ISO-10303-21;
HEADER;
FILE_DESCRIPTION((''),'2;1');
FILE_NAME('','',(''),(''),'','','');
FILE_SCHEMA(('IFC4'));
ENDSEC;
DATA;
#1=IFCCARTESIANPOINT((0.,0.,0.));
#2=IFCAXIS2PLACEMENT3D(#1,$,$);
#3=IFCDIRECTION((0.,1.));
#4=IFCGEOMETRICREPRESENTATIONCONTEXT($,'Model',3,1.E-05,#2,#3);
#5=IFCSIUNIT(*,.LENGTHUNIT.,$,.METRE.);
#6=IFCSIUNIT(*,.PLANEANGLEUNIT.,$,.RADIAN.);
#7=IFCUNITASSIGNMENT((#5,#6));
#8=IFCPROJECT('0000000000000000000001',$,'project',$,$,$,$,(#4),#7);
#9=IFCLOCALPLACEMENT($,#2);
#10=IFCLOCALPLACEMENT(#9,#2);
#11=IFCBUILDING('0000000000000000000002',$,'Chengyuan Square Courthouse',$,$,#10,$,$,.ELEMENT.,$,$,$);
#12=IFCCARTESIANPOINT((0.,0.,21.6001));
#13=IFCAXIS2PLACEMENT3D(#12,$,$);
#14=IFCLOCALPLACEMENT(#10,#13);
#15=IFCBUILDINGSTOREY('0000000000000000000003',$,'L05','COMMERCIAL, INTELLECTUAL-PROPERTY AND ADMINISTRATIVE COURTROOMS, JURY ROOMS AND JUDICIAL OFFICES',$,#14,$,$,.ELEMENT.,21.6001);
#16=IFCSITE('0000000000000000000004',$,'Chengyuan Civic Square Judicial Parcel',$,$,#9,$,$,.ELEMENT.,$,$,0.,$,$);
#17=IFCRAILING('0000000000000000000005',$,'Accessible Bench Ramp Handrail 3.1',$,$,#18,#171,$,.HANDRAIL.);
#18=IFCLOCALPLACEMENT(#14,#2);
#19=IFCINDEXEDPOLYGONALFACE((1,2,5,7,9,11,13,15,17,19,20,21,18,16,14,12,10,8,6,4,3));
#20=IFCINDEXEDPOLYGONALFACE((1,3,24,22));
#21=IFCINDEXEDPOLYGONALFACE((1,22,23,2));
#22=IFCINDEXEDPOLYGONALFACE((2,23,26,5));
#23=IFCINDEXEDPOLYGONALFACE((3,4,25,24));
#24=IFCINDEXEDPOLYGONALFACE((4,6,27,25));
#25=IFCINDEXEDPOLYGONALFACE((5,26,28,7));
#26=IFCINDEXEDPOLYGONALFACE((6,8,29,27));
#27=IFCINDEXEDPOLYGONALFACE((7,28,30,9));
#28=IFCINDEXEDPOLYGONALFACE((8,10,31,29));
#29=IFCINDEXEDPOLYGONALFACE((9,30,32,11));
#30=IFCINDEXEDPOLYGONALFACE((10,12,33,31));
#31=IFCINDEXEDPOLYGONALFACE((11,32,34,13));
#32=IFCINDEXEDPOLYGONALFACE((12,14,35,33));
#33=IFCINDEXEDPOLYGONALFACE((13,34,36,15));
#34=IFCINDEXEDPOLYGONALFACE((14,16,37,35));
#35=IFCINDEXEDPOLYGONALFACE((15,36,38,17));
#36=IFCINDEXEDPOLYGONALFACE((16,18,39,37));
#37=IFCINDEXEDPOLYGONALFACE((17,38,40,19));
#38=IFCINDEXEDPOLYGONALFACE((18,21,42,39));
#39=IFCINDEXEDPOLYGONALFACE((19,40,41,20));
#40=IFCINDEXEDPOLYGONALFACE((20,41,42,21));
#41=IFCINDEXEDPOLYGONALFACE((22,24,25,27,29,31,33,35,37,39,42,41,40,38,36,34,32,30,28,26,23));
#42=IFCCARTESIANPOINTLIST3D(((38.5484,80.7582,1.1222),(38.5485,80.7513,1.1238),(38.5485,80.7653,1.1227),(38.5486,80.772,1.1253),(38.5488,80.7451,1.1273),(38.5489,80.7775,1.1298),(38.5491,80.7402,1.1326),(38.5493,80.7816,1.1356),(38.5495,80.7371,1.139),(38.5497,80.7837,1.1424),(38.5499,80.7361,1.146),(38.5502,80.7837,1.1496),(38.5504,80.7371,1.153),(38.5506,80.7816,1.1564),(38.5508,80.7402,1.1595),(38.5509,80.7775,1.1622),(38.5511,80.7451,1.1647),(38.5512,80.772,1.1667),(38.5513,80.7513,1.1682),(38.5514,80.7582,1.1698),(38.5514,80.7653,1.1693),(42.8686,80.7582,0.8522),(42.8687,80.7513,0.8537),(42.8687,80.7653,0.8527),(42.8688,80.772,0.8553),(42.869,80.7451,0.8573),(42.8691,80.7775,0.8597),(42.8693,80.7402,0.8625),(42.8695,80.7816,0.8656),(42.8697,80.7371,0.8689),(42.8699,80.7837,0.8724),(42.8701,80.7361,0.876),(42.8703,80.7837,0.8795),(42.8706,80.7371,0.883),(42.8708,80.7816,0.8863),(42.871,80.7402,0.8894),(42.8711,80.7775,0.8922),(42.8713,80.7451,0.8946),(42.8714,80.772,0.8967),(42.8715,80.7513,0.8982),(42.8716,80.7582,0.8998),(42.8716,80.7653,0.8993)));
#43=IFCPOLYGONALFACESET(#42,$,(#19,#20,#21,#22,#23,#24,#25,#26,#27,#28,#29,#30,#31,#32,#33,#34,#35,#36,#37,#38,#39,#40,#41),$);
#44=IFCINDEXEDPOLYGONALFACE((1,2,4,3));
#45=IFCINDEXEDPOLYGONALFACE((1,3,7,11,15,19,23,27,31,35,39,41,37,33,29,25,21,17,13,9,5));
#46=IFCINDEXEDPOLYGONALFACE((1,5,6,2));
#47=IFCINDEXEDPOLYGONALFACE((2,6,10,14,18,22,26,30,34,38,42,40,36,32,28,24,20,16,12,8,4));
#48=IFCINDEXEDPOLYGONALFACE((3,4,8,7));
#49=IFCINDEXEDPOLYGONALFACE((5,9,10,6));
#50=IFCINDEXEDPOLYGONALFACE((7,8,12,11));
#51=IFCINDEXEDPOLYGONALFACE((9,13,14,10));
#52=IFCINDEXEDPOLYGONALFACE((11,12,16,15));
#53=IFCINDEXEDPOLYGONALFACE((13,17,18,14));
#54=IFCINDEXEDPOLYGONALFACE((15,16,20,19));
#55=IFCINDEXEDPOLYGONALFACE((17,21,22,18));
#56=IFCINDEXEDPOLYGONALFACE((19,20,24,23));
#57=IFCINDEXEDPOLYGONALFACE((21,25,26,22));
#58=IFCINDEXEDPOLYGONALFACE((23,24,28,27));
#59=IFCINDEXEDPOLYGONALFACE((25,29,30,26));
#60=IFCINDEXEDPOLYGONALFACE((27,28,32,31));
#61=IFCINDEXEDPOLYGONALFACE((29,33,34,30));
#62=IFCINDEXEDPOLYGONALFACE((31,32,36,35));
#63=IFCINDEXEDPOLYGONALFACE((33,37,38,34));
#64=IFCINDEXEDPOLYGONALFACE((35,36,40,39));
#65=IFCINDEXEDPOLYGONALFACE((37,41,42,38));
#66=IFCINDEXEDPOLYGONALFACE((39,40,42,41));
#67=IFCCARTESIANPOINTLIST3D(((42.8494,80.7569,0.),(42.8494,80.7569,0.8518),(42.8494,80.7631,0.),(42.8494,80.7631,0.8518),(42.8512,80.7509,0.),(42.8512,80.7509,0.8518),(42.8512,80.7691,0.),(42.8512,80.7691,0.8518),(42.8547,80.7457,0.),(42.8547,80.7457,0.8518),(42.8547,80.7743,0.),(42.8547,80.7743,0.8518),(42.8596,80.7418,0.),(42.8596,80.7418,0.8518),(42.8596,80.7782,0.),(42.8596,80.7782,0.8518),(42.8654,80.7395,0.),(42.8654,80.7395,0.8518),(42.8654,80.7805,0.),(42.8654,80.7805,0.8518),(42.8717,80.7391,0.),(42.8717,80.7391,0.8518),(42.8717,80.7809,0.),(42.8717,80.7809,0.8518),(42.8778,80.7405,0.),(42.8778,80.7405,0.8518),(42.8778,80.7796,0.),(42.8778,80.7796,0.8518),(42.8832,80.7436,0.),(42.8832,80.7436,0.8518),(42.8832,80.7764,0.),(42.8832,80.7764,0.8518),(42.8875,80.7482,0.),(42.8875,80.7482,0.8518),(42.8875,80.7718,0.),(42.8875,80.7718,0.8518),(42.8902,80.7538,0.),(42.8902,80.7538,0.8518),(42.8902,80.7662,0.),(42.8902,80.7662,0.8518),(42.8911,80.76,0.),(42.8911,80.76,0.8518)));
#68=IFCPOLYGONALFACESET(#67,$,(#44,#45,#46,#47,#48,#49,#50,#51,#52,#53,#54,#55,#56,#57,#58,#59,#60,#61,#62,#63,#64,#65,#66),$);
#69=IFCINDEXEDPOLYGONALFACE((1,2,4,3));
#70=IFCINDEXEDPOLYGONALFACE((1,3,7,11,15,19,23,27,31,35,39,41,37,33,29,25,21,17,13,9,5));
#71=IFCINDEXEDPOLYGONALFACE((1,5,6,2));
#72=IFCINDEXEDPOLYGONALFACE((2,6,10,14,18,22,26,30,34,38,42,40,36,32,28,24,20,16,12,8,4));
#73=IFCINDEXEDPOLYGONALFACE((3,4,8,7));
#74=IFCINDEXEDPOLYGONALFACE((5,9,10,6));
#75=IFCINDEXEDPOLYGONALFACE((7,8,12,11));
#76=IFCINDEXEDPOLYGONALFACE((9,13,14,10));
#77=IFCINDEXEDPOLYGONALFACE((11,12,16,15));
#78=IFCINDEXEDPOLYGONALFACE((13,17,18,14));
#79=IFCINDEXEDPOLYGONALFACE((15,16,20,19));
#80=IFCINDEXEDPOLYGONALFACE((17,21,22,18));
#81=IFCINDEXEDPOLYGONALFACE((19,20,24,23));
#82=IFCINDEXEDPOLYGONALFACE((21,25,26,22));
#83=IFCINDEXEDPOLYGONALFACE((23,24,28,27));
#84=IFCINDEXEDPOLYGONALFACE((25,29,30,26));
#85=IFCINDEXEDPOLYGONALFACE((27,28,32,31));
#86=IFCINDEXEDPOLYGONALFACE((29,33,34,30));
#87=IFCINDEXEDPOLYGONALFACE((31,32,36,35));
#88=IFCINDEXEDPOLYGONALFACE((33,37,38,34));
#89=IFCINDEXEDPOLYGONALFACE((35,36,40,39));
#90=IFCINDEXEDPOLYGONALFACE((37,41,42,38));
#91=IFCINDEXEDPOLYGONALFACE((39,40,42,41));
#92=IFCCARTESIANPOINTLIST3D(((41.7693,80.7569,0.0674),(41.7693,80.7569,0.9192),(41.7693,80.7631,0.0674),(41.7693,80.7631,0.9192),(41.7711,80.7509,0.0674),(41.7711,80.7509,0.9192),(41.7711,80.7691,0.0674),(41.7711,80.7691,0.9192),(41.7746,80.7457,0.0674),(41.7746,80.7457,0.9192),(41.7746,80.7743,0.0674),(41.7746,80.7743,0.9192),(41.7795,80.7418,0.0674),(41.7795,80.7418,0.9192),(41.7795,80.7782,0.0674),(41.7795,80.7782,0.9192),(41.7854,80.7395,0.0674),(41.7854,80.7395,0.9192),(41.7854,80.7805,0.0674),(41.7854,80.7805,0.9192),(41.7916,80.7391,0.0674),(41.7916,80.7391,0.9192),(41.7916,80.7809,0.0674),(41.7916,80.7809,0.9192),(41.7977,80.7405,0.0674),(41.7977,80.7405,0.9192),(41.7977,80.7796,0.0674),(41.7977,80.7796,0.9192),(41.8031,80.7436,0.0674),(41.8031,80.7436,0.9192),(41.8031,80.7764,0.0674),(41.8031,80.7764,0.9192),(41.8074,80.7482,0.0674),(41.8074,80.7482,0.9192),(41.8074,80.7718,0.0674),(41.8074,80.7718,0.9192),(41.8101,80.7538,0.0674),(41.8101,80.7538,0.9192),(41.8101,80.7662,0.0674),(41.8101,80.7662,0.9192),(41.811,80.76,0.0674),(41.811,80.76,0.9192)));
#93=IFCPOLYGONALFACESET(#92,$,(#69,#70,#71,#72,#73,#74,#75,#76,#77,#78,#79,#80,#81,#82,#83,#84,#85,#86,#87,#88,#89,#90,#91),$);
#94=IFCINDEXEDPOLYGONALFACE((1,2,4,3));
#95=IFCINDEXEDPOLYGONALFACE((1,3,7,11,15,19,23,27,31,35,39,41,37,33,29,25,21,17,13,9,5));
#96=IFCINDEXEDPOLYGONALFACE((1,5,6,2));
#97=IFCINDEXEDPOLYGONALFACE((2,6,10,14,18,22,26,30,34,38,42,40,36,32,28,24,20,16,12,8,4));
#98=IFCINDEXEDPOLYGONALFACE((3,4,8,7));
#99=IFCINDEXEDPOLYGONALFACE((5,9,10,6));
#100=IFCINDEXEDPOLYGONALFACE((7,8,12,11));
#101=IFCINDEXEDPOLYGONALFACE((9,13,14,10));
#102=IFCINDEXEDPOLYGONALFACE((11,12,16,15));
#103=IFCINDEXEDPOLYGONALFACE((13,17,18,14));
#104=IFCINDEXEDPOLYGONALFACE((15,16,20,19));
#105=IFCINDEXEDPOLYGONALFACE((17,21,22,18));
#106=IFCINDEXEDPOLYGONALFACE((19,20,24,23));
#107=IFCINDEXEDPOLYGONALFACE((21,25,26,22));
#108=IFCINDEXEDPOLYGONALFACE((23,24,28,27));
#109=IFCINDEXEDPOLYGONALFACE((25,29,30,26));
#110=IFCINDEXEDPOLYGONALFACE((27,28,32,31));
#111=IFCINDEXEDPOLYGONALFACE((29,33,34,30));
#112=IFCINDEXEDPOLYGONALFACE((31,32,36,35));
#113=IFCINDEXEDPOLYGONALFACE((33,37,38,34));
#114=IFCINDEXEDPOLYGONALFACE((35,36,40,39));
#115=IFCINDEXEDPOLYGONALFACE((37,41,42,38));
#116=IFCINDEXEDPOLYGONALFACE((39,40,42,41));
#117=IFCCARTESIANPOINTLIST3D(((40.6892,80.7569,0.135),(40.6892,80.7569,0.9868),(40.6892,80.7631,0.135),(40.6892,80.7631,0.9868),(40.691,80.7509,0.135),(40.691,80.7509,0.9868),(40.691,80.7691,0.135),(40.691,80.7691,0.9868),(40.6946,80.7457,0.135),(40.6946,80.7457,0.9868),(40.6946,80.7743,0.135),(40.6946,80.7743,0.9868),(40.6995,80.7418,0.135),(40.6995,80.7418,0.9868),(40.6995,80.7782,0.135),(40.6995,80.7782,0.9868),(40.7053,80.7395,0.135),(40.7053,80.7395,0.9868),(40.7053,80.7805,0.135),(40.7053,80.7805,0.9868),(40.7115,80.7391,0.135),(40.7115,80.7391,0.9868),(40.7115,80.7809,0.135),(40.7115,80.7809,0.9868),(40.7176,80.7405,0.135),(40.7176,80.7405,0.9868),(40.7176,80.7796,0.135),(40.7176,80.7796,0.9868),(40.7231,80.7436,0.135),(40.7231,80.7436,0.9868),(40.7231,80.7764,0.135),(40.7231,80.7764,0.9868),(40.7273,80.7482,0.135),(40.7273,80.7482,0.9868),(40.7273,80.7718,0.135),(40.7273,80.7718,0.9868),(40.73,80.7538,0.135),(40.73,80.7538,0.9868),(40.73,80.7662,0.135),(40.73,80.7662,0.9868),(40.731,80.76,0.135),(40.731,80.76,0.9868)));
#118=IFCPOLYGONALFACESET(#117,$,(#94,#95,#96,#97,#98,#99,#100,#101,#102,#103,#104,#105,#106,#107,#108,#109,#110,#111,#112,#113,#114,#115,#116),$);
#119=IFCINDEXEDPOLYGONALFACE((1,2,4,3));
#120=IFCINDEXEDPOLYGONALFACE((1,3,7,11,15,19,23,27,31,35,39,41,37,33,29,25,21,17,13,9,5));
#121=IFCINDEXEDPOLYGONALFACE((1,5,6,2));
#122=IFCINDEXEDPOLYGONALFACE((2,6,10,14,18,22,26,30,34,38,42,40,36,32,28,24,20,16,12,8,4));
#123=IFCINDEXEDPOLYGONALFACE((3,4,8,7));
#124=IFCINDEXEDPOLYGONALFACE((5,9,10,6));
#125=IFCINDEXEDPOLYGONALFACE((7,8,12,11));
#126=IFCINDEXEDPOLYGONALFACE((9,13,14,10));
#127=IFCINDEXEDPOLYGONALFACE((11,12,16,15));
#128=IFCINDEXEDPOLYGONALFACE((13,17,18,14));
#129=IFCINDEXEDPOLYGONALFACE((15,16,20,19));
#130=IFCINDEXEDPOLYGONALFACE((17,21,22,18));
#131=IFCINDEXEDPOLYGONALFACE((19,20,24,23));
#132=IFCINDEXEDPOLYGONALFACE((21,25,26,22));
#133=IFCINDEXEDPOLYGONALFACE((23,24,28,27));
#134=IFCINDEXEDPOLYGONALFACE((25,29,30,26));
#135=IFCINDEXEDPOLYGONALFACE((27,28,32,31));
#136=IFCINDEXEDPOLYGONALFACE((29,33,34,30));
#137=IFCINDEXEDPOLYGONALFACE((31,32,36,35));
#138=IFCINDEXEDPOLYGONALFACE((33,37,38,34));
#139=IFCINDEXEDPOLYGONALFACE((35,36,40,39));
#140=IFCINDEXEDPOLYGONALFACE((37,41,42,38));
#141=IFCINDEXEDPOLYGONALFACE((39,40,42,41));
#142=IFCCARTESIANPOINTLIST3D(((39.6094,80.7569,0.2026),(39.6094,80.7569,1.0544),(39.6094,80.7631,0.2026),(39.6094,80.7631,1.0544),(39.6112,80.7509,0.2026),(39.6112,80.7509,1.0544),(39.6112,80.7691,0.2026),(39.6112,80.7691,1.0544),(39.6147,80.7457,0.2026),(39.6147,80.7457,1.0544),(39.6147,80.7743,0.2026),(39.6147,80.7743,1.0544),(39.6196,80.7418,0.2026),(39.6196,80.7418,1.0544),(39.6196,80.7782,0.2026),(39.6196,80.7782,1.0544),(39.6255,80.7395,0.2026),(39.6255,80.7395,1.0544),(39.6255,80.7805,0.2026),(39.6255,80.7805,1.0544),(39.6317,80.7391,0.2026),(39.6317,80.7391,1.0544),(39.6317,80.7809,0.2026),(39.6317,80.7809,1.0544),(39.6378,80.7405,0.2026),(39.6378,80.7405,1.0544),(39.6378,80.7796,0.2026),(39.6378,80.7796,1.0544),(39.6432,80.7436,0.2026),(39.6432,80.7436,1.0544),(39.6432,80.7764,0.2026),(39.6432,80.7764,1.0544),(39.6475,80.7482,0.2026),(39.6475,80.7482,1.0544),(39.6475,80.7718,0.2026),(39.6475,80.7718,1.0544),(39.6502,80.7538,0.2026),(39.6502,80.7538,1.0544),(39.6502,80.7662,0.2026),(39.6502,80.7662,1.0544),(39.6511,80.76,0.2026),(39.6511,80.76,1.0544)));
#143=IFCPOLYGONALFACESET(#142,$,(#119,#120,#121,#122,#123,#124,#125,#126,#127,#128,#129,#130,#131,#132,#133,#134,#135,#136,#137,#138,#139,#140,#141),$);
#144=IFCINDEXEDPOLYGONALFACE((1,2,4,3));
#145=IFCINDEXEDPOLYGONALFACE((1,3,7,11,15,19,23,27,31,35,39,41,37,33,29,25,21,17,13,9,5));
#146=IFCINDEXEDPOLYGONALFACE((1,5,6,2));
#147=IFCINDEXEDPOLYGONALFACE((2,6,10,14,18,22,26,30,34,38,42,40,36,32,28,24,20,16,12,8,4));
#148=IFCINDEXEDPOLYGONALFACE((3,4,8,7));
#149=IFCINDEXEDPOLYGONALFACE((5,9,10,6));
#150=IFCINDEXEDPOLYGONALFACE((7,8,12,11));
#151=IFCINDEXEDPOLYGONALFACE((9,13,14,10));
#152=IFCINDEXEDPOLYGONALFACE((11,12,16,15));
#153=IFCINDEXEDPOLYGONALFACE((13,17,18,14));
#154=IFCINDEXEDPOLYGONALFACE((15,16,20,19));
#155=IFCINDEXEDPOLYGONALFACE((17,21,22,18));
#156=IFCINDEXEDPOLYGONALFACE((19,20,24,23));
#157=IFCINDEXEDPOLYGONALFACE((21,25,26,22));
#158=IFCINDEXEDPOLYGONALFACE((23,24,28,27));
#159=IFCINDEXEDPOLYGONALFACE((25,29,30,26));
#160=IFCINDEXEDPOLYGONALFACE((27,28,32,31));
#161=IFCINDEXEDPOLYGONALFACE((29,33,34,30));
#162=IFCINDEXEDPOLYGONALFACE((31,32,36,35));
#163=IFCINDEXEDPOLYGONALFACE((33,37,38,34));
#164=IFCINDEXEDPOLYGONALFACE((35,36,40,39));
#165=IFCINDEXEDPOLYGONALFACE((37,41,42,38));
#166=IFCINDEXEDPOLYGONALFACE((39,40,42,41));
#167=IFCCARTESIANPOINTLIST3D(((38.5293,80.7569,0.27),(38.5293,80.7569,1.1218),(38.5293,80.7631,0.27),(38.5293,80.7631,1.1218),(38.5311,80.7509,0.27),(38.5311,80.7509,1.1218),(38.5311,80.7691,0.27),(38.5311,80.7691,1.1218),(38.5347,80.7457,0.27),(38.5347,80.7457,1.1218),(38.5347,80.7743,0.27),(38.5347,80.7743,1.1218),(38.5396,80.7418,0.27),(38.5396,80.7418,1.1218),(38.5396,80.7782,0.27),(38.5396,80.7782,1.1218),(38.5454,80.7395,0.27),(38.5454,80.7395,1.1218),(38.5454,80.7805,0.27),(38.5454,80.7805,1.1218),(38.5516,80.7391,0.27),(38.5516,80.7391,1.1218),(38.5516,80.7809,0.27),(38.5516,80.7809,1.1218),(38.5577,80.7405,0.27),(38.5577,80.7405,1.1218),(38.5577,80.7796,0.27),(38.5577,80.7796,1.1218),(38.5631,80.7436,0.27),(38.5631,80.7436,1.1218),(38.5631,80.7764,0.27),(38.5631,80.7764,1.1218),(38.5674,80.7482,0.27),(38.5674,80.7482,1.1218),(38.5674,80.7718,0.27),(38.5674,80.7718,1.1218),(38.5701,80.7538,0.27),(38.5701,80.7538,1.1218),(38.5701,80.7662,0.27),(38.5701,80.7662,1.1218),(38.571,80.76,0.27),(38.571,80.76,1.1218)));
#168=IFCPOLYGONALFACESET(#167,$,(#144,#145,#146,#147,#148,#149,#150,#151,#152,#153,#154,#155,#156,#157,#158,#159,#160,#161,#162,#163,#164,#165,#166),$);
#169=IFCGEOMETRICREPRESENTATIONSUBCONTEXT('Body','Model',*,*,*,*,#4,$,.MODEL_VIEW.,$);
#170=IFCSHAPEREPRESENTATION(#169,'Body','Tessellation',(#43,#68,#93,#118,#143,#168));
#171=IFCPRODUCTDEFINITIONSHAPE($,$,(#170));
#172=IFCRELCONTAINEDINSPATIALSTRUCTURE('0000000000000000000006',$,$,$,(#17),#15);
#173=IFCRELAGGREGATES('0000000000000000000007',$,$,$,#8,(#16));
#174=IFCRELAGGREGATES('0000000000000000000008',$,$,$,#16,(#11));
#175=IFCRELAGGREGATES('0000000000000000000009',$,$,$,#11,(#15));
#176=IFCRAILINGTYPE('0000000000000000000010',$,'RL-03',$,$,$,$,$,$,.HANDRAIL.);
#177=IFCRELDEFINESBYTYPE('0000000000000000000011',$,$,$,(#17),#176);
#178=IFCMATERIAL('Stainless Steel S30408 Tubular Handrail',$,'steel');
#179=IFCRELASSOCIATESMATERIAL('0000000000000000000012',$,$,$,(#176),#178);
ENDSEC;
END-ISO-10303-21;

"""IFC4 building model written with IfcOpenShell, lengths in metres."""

from ifc_helpers import new_model, si_unit, direction, frame, origin, origin_2d, place, context, subcontext, project, spatial, circle, extrude, material, type_object, element, save


model = new_model("IFC4")

# Units and contexts
model_context = context("Model", 3, precision=1e-05, world=origin(), true_north=direction((0.0, 1.0)))
body_context = subcontext(model_context, "Body", "Model", "MODEL_VIEW")
ifc_project = project(units=[si_unit("LENGTHUNIT", "METRE"), si_unit("PLANEANGLEUNIT", "RADIAN")], contexts=[model_context])

# Site, building, storey
site_placement = place(None, origin())
site = spatial("IfcSite", under=ifc_project, at=site_placement, Name="Chengyuan Civic Square Judicial Parcel", CompositionType="ELEMENT", RefElevation=0.0)
building_placement = place(site_placement, origin())
building = spatial("IfcBuilding", under=site, at=building_placement, Name="Chengyuan Square Courthouse", CompositionType="ELEMENT")
storey_placement = place(building_placement, frame((0.0, 0.0, 21.6001)))
storey = spatial("IfcBuildingStorey", under=building, at=storey_placement, Name="L05", Description="COMMERCIAL, INTELLECTUAL-PROPERTY AND ADMINISTRATIVE COURTROOMS, JURY ROOMS AND JUDICIAL OFFICES", CompositionType="ELEMENT", Elevation=21.6001)

# Railing
ifc_material_1 = material(Name="Stainless Steel S30408 Tubular Handrail", Category="steel")
railing_type_1 = type_object("IfcRailingType", Name="RL-03", PredefinedType="HANDRAIL", material=ifc_material_1)
for number, where, name in (
    (1, (42.8701, 80.76, 0.0), "Accessible Bench Ramp Handrail 3.1"),
):
    element("IfcRailing", number, at=place(storey_placement, frame(where)), inside=storey, type_object=railing_type_1, Name=name, PredefinedType="HANDRAIL", context=body_context, shape_type="SweptSolid", body=[
        extrude(circle(Radius=0.0239, at=origin_2d()), frame((0.0, 0.0, 0.876), z_axis=(-0.998052, 0.0, 0.062382), x_axis=(0.0, -1.0, 0.0)), (0.0, 0.0, 1.0), 4.3286),
        extrude(circle(Radius=0.021, at=origin_2d()), origin(), (0.0, 0.0, 1.0), 0.8518),
        extrude(circle(Radius=0.021, at=origin_2d()), frame((-1.0801, 0.0, 0.0674)), (0.0, 0.0, 1.0), 0.8518),
        extrude(circle(Radius=0.021, at=origin_2d()), frame((-2.1602, 0.0, 0.135)), (0.0, 0.0, 1.0), 0.8518),
        extrude(circle(Radius=0.021, at=origin_2d()), frame((-3.24, 0.0, 0.2026)), (0.0, 0.0, 1.0), 0.8518),
        extrude(circle(Radius=0.021, at=origin_2d()), frame((-4.3201, 0.0, 0.27)), (0.0, 0.0, 1.0), 0.8518),
    ])

save(model, "model.ifc")
